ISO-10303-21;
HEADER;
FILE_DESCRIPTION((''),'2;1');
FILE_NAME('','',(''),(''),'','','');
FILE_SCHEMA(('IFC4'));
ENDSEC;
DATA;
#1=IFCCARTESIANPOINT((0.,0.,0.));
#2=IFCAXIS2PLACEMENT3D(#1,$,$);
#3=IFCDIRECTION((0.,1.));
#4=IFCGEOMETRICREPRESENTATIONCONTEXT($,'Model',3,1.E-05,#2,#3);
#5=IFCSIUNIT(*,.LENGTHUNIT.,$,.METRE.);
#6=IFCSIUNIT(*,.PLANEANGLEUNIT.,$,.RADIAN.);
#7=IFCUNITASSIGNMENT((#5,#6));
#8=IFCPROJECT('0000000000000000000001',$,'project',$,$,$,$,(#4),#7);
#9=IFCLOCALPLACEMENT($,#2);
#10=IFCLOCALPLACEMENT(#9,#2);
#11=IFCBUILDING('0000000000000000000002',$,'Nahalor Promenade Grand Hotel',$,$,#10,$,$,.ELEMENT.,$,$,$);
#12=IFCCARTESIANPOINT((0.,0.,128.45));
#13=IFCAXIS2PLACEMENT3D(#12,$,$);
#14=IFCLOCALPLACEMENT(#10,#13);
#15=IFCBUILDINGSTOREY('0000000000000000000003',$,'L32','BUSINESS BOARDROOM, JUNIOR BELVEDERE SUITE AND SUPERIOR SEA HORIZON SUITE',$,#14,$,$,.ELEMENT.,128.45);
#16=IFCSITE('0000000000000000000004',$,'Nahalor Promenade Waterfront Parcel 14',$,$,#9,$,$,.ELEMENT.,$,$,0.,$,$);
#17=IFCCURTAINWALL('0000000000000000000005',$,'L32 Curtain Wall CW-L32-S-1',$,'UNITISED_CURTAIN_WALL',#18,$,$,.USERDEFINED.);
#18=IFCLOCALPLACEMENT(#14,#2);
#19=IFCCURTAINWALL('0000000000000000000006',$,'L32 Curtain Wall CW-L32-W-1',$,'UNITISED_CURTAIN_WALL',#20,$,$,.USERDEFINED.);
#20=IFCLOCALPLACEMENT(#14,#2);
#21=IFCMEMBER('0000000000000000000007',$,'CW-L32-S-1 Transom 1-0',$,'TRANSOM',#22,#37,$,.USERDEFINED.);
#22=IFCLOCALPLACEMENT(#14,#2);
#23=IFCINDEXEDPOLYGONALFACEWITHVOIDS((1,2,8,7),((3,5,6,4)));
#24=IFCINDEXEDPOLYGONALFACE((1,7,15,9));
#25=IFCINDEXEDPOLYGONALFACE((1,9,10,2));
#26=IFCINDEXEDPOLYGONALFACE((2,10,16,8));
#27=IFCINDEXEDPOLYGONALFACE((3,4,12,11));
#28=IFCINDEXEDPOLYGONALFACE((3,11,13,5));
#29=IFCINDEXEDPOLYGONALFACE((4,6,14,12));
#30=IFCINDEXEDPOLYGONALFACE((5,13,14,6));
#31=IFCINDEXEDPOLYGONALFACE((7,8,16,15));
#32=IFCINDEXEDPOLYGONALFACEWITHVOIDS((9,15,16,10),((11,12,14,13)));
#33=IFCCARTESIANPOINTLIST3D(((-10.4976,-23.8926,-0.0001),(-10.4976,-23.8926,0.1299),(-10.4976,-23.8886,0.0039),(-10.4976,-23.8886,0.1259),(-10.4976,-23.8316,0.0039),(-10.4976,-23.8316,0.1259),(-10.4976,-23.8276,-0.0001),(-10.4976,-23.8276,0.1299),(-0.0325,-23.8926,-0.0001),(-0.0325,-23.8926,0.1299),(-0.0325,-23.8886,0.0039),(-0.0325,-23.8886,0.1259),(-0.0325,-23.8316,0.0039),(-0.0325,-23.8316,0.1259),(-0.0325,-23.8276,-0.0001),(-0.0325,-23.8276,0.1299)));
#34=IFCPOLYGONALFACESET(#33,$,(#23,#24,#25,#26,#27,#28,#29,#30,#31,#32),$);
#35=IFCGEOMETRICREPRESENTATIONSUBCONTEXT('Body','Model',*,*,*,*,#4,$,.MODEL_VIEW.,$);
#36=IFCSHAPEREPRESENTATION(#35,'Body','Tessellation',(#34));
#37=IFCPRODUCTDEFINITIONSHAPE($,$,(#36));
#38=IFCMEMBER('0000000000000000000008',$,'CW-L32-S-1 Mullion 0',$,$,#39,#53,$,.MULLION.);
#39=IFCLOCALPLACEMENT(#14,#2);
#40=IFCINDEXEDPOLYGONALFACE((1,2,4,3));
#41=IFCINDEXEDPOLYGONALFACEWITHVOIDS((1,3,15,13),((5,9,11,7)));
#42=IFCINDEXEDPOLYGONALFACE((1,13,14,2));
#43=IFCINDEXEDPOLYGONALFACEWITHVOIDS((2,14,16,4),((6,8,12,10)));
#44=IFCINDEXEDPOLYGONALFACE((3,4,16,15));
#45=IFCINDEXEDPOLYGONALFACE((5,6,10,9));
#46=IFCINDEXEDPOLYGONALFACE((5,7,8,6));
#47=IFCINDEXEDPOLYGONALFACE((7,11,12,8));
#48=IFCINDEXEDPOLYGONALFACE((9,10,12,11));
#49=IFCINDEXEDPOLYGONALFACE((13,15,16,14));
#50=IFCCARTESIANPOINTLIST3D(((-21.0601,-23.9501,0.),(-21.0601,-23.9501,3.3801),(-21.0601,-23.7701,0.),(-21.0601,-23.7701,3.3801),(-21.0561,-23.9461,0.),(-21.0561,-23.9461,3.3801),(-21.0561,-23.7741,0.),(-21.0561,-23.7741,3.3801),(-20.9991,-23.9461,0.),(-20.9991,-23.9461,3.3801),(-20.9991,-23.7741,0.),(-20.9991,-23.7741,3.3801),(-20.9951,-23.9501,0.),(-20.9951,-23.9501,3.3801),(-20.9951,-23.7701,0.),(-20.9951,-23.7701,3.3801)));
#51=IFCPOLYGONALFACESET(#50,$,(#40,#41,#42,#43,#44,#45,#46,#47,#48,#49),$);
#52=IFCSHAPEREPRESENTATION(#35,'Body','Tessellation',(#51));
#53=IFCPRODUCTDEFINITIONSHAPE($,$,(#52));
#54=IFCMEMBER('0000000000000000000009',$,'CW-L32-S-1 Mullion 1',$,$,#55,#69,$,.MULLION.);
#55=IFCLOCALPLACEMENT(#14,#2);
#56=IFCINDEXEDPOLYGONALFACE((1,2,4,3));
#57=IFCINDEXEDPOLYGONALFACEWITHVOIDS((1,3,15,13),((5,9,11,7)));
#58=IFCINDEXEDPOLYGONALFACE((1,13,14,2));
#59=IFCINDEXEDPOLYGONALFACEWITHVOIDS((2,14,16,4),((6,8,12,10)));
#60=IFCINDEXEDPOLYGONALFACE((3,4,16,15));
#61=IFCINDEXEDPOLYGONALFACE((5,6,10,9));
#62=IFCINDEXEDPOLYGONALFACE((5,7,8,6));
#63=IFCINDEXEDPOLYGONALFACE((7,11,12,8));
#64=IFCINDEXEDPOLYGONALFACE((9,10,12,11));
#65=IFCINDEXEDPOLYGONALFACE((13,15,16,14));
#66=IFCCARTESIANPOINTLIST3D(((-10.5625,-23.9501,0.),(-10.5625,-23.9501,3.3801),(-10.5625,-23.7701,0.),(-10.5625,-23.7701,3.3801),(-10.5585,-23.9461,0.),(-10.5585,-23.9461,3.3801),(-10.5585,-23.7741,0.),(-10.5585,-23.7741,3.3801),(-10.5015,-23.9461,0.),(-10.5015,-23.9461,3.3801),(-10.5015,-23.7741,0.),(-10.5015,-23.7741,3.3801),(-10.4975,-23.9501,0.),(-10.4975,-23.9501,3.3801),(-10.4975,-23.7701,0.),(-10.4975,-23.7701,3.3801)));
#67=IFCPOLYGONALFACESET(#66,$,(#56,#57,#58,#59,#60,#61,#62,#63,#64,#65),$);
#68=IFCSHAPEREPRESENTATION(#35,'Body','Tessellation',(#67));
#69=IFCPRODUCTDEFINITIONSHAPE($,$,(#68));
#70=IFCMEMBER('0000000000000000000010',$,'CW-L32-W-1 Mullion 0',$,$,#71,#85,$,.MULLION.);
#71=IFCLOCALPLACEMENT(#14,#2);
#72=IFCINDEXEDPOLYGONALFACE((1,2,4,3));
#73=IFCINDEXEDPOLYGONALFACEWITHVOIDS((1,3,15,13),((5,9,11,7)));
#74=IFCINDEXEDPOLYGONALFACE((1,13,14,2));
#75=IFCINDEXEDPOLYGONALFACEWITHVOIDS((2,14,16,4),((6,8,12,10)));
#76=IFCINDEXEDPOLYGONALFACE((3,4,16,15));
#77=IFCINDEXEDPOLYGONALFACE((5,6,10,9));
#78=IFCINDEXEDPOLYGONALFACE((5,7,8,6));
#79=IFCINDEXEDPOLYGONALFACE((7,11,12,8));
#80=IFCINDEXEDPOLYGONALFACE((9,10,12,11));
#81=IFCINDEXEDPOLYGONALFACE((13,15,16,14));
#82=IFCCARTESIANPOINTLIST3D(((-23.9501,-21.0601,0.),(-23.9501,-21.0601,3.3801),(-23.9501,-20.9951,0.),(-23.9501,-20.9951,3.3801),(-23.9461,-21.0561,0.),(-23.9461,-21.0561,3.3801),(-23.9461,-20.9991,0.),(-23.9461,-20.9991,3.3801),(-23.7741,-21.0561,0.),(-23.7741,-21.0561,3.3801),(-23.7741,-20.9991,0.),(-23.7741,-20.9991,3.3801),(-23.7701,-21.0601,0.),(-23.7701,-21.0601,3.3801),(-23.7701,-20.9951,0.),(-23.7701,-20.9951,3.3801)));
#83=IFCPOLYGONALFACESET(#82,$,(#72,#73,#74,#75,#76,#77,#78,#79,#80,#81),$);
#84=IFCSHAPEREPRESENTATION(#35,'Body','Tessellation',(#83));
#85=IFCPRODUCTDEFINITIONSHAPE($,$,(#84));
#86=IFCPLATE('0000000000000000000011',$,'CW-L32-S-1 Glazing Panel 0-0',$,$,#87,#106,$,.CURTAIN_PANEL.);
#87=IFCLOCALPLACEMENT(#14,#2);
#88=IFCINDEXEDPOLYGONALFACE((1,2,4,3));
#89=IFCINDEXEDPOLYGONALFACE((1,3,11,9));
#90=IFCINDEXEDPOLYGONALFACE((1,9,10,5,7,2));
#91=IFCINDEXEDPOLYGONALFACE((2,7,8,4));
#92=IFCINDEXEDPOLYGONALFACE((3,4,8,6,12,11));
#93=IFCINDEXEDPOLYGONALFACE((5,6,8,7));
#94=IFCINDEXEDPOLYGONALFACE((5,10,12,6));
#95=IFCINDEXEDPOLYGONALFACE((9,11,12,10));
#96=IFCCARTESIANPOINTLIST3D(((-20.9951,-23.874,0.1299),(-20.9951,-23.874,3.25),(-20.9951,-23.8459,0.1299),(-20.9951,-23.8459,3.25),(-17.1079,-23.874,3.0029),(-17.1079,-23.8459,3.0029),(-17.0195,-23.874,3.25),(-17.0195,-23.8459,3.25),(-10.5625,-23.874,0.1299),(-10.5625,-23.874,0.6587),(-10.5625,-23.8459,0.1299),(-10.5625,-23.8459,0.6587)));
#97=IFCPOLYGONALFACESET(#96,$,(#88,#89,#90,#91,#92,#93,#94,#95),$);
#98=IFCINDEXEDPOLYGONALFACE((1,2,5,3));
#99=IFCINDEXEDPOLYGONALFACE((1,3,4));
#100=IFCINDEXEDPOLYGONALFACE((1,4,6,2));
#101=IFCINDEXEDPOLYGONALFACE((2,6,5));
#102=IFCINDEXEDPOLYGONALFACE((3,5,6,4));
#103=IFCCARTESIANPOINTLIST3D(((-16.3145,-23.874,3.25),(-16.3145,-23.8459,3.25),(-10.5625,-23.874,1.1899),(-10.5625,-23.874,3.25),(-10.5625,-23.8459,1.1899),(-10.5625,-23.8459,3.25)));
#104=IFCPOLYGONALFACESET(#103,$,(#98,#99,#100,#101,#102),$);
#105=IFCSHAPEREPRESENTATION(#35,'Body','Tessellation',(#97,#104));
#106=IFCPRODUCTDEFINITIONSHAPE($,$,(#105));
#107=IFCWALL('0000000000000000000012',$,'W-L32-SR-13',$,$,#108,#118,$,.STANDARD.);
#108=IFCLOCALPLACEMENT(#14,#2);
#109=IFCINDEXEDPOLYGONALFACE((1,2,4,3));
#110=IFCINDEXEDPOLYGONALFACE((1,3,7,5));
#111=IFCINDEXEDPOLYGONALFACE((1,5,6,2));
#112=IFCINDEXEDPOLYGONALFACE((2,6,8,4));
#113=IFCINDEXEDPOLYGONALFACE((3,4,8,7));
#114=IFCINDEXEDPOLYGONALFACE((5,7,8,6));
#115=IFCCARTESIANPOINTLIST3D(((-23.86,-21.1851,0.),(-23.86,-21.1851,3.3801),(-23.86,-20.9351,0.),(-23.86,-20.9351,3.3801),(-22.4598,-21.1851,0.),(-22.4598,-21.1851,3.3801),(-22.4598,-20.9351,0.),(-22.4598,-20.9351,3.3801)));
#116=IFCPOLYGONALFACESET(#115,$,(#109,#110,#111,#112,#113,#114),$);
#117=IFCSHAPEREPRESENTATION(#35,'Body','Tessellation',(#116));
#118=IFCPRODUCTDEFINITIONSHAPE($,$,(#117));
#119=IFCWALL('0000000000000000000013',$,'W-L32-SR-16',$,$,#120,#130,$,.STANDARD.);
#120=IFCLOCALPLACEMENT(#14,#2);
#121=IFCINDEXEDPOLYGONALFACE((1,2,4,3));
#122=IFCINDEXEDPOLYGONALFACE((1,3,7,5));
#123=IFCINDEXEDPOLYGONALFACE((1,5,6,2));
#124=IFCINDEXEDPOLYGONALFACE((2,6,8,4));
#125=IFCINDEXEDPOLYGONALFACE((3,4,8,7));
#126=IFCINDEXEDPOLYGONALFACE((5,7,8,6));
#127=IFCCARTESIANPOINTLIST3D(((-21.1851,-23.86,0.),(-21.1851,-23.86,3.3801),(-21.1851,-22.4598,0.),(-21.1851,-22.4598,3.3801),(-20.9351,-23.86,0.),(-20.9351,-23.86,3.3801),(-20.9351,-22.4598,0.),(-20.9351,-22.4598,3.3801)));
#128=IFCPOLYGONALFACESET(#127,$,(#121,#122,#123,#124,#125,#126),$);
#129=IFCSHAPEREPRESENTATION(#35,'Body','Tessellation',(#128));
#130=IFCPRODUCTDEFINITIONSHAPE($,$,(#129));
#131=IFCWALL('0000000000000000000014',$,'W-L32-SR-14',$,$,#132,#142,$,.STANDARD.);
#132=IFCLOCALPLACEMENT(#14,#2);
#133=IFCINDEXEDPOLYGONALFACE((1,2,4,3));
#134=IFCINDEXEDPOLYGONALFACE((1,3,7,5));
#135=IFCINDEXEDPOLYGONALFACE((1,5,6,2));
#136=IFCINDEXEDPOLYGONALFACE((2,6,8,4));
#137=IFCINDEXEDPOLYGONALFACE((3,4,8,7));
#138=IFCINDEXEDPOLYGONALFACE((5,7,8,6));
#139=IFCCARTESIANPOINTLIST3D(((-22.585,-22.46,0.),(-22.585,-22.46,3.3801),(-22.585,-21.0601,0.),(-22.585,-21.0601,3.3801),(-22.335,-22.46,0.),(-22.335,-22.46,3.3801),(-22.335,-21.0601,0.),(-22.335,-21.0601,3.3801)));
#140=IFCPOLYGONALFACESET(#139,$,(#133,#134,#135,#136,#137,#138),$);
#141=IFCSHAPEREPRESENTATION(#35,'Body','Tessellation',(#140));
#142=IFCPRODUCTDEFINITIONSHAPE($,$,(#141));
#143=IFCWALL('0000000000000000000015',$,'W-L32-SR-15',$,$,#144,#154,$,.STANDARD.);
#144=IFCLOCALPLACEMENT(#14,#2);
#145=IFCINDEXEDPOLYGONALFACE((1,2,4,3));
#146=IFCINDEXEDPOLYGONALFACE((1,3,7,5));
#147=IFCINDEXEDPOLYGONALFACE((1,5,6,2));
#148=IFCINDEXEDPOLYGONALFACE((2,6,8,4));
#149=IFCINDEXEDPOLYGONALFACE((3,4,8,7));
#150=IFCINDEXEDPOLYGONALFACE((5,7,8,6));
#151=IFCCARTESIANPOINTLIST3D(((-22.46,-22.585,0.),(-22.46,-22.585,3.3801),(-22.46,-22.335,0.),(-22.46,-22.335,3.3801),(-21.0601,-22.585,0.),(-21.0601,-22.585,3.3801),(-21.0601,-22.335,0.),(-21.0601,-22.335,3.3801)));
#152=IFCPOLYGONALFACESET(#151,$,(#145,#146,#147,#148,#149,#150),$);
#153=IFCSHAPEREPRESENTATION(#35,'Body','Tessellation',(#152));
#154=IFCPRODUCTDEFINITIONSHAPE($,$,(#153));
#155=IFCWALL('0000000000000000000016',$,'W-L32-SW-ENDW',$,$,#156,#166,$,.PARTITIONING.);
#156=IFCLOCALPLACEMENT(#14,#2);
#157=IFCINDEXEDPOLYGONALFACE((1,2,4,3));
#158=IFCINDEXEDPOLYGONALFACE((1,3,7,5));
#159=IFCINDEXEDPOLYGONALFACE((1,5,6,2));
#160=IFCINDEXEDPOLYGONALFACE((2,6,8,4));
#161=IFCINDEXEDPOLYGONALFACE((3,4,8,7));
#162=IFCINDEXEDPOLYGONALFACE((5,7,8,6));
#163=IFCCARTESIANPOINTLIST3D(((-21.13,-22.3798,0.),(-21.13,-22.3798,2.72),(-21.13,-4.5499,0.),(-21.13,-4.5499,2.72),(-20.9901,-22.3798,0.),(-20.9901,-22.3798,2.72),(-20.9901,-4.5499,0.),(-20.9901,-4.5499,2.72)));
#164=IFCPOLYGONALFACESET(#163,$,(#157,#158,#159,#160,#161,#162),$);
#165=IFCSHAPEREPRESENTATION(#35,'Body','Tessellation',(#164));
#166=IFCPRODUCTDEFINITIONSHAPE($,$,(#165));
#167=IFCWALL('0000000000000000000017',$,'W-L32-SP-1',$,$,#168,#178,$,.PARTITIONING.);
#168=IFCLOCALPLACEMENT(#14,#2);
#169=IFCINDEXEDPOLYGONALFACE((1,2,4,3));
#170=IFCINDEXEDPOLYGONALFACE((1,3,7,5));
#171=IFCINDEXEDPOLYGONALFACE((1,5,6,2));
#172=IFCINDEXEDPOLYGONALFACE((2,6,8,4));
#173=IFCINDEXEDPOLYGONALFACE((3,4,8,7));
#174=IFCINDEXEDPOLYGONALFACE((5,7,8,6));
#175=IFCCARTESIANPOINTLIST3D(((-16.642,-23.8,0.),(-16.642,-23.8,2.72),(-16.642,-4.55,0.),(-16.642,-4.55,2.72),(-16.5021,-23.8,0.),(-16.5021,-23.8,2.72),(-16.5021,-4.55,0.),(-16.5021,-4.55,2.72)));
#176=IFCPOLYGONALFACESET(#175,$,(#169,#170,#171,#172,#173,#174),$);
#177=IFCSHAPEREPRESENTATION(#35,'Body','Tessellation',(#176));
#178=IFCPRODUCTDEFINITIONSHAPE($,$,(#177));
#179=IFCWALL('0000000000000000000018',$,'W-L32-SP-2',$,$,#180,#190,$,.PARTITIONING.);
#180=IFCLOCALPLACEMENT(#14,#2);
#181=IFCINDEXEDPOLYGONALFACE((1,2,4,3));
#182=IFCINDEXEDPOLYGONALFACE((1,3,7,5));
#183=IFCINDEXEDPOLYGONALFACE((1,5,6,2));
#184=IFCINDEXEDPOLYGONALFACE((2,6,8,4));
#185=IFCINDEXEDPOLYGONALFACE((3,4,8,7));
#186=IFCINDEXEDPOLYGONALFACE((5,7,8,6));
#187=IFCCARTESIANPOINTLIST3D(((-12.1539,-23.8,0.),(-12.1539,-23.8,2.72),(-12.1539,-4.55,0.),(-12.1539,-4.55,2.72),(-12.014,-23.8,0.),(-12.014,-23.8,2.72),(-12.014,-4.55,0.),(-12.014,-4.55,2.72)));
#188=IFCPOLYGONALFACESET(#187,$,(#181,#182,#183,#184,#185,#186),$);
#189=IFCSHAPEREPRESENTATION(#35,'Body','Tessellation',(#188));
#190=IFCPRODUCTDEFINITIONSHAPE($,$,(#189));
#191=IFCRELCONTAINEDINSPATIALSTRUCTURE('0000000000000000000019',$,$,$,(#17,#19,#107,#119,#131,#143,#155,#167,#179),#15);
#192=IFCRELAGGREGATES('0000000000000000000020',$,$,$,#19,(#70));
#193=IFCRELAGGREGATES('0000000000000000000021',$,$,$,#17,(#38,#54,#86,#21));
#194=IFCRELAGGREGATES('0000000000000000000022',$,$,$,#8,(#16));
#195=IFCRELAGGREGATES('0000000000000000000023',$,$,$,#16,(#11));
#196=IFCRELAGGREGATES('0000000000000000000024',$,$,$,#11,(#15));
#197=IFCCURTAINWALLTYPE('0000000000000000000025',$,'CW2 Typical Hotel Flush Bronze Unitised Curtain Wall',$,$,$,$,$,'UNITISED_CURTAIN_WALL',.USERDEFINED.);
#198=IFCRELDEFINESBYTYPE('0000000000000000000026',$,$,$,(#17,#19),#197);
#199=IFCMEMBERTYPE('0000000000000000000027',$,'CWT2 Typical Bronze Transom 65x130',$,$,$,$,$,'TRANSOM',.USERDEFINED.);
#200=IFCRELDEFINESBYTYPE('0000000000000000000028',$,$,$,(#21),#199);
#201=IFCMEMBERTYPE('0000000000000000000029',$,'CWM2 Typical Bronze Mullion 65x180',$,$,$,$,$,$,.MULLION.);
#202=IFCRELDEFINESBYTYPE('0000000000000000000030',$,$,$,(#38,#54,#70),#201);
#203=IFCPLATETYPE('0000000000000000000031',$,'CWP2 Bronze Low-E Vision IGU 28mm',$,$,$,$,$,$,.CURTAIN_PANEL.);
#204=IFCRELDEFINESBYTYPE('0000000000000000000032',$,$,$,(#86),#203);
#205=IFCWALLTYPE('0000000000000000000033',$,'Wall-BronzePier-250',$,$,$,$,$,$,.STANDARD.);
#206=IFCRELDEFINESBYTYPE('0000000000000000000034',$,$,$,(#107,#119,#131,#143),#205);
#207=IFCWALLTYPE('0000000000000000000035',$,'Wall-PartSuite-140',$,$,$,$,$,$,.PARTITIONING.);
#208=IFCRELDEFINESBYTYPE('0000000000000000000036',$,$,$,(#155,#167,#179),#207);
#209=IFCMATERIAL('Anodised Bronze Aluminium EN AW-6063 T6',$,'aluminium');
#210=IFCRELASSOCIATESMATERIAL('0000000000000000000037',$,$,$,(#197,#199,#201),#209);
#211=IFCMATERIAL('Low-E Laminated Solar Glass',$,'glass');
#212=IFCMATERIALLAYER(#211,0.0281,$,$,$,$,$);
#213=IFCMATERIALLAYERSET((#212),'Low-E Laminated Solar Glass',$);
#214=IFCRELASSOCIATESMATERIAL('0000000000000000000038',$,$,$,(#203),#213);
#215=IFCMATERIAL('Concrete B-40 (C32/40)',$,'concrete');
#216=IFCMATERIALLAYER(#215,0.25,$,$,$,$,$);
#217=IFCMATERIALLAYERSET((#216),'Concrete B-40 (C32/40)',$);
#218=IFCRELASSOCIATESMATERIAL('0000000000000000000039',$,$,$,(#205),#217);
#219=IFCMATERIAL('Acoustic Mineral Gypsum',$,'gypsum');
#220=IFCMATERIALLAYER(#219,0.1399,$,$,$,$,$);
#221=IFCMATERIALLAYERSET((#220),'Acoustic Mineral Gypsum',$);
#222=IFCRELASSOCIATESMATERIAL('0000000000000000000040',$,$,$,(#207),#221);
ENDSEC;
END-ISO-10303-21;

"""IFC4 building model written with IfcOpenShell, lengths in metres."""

from ifc_helpers import new_model, si_unit, direction, frame, frame_2d, origin, origin_2d, place, context, subcontext, project, spatial, polyline, rectangle, hollow_rectangle, outline, extrude, source, transform, mapped, material, layer, layer_set, material_profile, profile_set, type_object, element, aggregate, save


model = new_model("IFC4")

# Units and contexts
model_context = context("Model", 3, precision=1e-05, world=origin(), true_north=direction((0.0, 1.0)))
body_context = subcontext(model_context, "Body", "Model", "MODEL_VIEW")
ifc_project = project(units=[si_unit("LENGTHUNIT", "METRE"), si_unit("PLANEANGLEUNIT", "RADIAN")], contexts=[model_context])

# Site, building, storey
site_placement = place(None, origin())
site = spatial("IfcSite", under=ifc_project, at=site_placement, Name="Nahalor Promenade Waterfront Parcel 14", CompositionType="ELEMENT", RefElevation=0.0)
building_placement = place(site_placement, origin())
building = spatial("IfcBuilding", under=site, at=building_placement, Name="Nahalor Promenade Grand Hotel", CompositionType="ELEMENT")
storey_placement = place(building_placement, frame((0.0, 0.0, 128.45)))
storey = spatial("IfcBuildingStorey", under=building, at=storey_placement, Name="L32", Description="BUSINESS BOARDROOM, JUNIOR BELVEDERE SUITE AND SUPERIOR SEA HORIZON SUITE", CompositionType="ELEMENT", Elevation=128.45)

# Curtain wall
ifc_material_1 = material(Name="Anodised Bronze Aluminium EN AW-6063 T6", Category="aluminium")
curtain_wall_type = type_object("IfcCurtainWallType", Name="CW2 Typical Hotel Flush Bronze Unitised Curtain Wall", ElementType="UNITISED_CURTAIN_WALL", PredefinedType="USERDEFINED", material=ifc_material_1)
curtain_wall_1_placement = place(storey_placement, origin())
curtain_wall_1 = element("IfcCurtainWall", 1, at=curtain_wall_1_placement, inside=storey, type_object=curtain_wall_type, Name="L32 Curtain Wall CW-L32-S-1", ObjectType="UNITISED_CURTAIN_WALL", PredefinedType="USERDEFINED")
ifc_material_profile_1 = material_profile(ifc_material_1, hollow_rectangle(XDim=0.065, YDim=0.13, WallThickness=0.004, at=origin_2d()), Name="CWT 65x130x4")
ifc_profile_set_1 = profile_set([ifc_material_profile_1], Name="Anodised Bronze Aluminium EN AW-6063 T6")
member_type_1 = type_object("IfcMemberType", Name="CWT2 Typical Bronze Transom 65x130", ElementType="TRANSOM", PredefinedType="USERDEFINED", material=ifc_profile_set_1)

# Curtain wall
curtain_wall_2_placement = place(storey_placement, origin())
curtain_wall_2 = element("IfcCurtainWall", 2, at=curtain_wall_2_placement, inside=storey, type_object=curtain_wall_type, Name="L32 Curtain Wall CW-L32-W-1", ObjectType="UNITISED_CURTAIN_WALL", PredefinedType="USERDEFINED")

# Members
shared_shape_1 = source(origin(), body_context, "Body", "SweptSolid", [
    extrude(hollow_rectangle(XDim=0.065, YDim=0.13, WallThickness=0.004, at=origin_2d()), origin(), (0.0, 0.0, 1.0), 10.4651),
])
member_1_placement = place(storey_placement, frame((-10.4976, -23.8601, 0.0649), z_axis=(1.0, 0.0, 0.0), x_axis=(0.0, 1.0, 0.0)))
member_1 = element("IfcMember", 3, at=member_1_placement, type_object=member_type_1, Name="CW-L32-S-1 Transom 1-0", ObjectType="TRANSOM", PredefinedType="USERDEFINED", context=body_context, shape_type="MappedRepresentation", body=[
    mapped(shared_shape_1, transform((0.0, 0.0, 0.0), scale=1.0)),
])
ifc_material_profile_2 = material_profile(ifc_material_1, hollow_rectangle(XDim=0.065, YDim=0.18, WallThickness=0.004, at=origin_2d()), Name="CWM 65x180x4")
ifc_profile_set_2 = profile_set([ifc_material_profile_2], Name="Anodised Bronze Aluminium EN AW-6063 T6")
member_type_2 = type_object("IfcMemberType", Name="CWM2 Typical Bronze Mullion 65x180", PredefinedType="MULLION", material=ifc_profile_set_2)
shared_shape_2 = source(origin(), body_context, "Body", "SweptSolid", [
    extrude(hollow_rectangle(XDim=0.065, YDim=0.18, WallThickness=0.004, at=origin_2d()), origin(), (0.0, 0.0, 1.0), 3.3801),
])
member_2_placement = place(storey_placement, frame((-21.0276, -23.8601, 0.0), z_axis=(0.0, 0.0, 1.0), x_axis=(1.0, 0.0, 0.0)))
member_2 = element("IfcMember", 4, at=member_2_placement, type_object=member_type_2, Name="CW-L32-S-1 Mullion 0", PredefinedType="MULLION", context=body_context, shape_type="MappedRepresentation", body=[
    mapped(shared_shape_2, transform((0.0, 0.0, 0.0), scale=1.0)),
])
member_3_placement = place(storey_placement, frame((-10.53, -23.8601, 0.0), z_axis=(0.0, 0.0, 1.0), x_axis=(1.0, 0.0, 0.0)))
member_3 = element("IfcMember", 5, at=member_3_placement, type_object=member_type_2, Name="CW-L32-S-1 Mullion 1", PredefinedType="MULLION", context=body_context, shape_type="MappedRepresentation", body=[
    mapped(shared_shape_2, transform((0.0, 0.0, 0.0), scale=1.0)),
])
member_4_placement = place(storey_placement, frame((-23.8601, -21.0276, 0.0), z_axis=(0.0, 0.0, 1.0), x_axis=(0.0, 1.0, 0.0)))
member_4 = element("IfcMember", 6, at=member_4_placement, type_object=member_type_2, Name="CW-L32-W-1 Mullion 0", PredefinedType="MULLION", context=body_context, shape_type="MappedRepresentation", body=[
    mapped(shared_shape_2, transform((0.0, 0.0, 0.0), scale=1.0)),
])
aggregate(curtain_wall_2, [member_4])

# Plate
ifc_material_2 = material(Name="Low-E Laminated Solar Glass", Category="glass")
ifc_layer_1 = layer(ifc_material_2, 0.0281)
ifc_layer_set_1 = layer_set([ifc_layer_1], Name="Low-E Laminated Solar Glass")
plate_type = type_object("IfcPlateType", Name="CWP2 Bronze Low-E Vision IGU 28mm", PredefinedType="CURTAIN_PANEL", material=ifc_layer_set_1)
plate_placement = place(storey_placement, frame((-15.7788, -23.8601, 0.1299), z_axis=(0.0, 0.0, 1.0), x_axis=(1.0, 0.0, 0.0)))
plate = element("IfcPlate", 7, at=plate_placement, type_object=plate_type, Name="CW-L32-S-1 Glazing Panel 0-0", PredefinedType="CURTAIN_PANEL", context=body_context, shape_type="SweptSolid", body=[
    extrude(outline(polyline([(-5.2163, 0.0), (5.2163, 0.0), (5.2163, 0.5288), (-1.3291, 2.873), (-1.2407, 3.1201), (-5.2163, 3.1201), (-5.2163, 0.0)])), frame((0.0, 0.0142, 0.0), z_axis=(0.0, -1.0, 0.0), x_axis=(1.0, 0.0, 0.0)), (0.0, 0.0, 1.0), 0.0281),
    extrude(outline(polyline([(5.2163, 1.0601), (5.2163, 3.1201), (-0.5356, 3.1201), (5.2163, 1.0601)])), frame((0.0, 0.0142, 0.0), z_axis=(0.0, -1.0, 0.0), x_axis=(1.0, 0.0, 0.0)), (0.0, 0.0, 1.0), 0.0281),
])
aggregate(curtain_wall_1, [member_2, member_3, plate, member_1])

# Walls
ifc_material_3 = material(Name="Concrete B-40 (C32/40)", Category="concrete")
ifc_layer_2 = layer(ifc_material_3, 0.25)
ifc_layer_set_2 = layer_set([ifc_layer_2], Name="Concrete B-40 (C32/40)")
wall_type_1 = type_object("IfcWallType", Name="Wall-BronzePier-250", PredefinedType="STANDARD", material=ifc_layer_set_2)
shared_shape_3 = source(origin(), body_context, "Body", "SweptSolid", [
    extrude(rectangle(XDim=1.4001, YDim=0.25, at=frame_2d((0.7002, 0.0))), origin(), (0.0, 0.0, 1.0), 3.3801),
])
for number, where, z_axis, x_axis, name in (
    (8, (-23.8601, -21.0601, 0.0), (0.0, 0.0, 1.0), (1.0, 0.0, 0.0), "W-L32-SR-13"),
    (9, (-21.0601, -23.8601, 0.0), (0.0, 0.0, 1.0), (0.0, 1.0, 0.0), "W-L32-SR-16"),
):
    element("IfcWall", number, at=place(storey_placement, frame(where, z_axis=z_axis, x_axis=x_axis)), inside=storey, type_object=wall_type_1, Name=name, PredefinedType="STANDARD", context=body_context, shape_type="MappedRepresentation", body=[
        mapped(shared_shape_3, transform((0.0, 0.0, 0.0), scale=1.0)),
    ])
shared_shape_4 = source(origin(), body_context, "Body", "SweptSolid", [
    extrude(rectangle(XDim=1.3999, YDim=0.25, at=frame_2d((0.7, 0.0))), origin(), (0.0, 0.0, 1.0), 3.3801),
])
for number, where, z_axis, x_axis, name in (
    (10, (-22.46, -22.46, 0.0), (0.0, 0.0, 1.0), (0.0, 1.0, 0.0), "W-L32-SR-14"),
    (11, (-22.46, -22.46, 0.0), (0.0, 0.0, 1.0), (1.0, 0.0, 0.0), "W-L32-SR-15"),
):
    element("IfcWall", number, at=place(storey_placement, frame(where, z_axis=z_axis, x_axis=x_axis)), inside=storey, type_object=wall_type_1, Name=name, PredefinedType="STANDARD", context=body_context, shape_type="MappedRepresentation", body=[
        mapped(shared_shape_4, transform((0.0, 0.0, 0.0), scale=1.0)),
    ])
ifc_material_4 = material(Name="Acoustic Mineral Gypsum", Category="gypsum")
ifc_layer_3 = layer(ifc_material_4, 0.1399)
ifc_layer_set_3 = layer_set([ifc_layer_3], Name="Acoustic Mineral Gypsum")
wall_type_2 = type_object("IfcWallType", Name="Wall-PartSuite-140", PredefinedType="PARTITIONING", material=ifc_layer_set_3)
shared_shape_5 = source(origin(), body_context, "Body", "SweptSolid", [
    extrude(rectangle(XDim=17.8298, YDim=0.1399, at=frame_2d((8.915, 0.0))), origin(), (0.0, 0.0, 1.0), 2.72),
])
wall_1_placement = place(storey_placement, frame((-21.0601, -22.3799, 0.0), z_axis=(0.0, 0.0, 1.0), x_axis=(0.0, 1.0, 0.0)))
element("IfcWall", 12, at=wall_1_placement, inside=storey, type_object=wall_type_2, Name="W-L32-SW-ENDW", PredefinedType="PARTITIONING", context=body_context, shape_type="MappedRepresentation", body=[
    mapped(shared_shape_5, transform((0.0, 0.0, 0.0), scale=1.0)),
])
shared_shape_6 = source(origin(), body_context, "Body", "SweptSolid", [
    extrude(rectangle(XDim=19.25, YDim=0.1399, at=frame_2d((9.625, 0.0))), origin(), (0.0, 0.0, 1.0), 2.72),
])
for number, where, z_axis, x_axis, name in (
    (13, (-16.572, -23.8, 0.0), (0.0, 0.0, 1.0), (0.0, 1.0, 0.0), "W-L32-SP-1"),
    (14, (-12.084, -23.8, 0.0), (0.0, 0.0, 1.0), (0.0, 1.0, 0.0), "W-L32-SP-2"),
):
    element("IfcWall", number, at=place(storey_placement, frame(where, z_axis=z_axis, x_axis=x_axis)), inside=storey, type_object=wall_type_2, Name=name, PredefinedType="PARTITIONING", context=body_context, shape_type="MappedRepresentation", body=[
        mapped(shared_shape_6, transform((0.0, 0.0, 0.0), scale=1.0)),
    ])

save(model, "model.ifc")
